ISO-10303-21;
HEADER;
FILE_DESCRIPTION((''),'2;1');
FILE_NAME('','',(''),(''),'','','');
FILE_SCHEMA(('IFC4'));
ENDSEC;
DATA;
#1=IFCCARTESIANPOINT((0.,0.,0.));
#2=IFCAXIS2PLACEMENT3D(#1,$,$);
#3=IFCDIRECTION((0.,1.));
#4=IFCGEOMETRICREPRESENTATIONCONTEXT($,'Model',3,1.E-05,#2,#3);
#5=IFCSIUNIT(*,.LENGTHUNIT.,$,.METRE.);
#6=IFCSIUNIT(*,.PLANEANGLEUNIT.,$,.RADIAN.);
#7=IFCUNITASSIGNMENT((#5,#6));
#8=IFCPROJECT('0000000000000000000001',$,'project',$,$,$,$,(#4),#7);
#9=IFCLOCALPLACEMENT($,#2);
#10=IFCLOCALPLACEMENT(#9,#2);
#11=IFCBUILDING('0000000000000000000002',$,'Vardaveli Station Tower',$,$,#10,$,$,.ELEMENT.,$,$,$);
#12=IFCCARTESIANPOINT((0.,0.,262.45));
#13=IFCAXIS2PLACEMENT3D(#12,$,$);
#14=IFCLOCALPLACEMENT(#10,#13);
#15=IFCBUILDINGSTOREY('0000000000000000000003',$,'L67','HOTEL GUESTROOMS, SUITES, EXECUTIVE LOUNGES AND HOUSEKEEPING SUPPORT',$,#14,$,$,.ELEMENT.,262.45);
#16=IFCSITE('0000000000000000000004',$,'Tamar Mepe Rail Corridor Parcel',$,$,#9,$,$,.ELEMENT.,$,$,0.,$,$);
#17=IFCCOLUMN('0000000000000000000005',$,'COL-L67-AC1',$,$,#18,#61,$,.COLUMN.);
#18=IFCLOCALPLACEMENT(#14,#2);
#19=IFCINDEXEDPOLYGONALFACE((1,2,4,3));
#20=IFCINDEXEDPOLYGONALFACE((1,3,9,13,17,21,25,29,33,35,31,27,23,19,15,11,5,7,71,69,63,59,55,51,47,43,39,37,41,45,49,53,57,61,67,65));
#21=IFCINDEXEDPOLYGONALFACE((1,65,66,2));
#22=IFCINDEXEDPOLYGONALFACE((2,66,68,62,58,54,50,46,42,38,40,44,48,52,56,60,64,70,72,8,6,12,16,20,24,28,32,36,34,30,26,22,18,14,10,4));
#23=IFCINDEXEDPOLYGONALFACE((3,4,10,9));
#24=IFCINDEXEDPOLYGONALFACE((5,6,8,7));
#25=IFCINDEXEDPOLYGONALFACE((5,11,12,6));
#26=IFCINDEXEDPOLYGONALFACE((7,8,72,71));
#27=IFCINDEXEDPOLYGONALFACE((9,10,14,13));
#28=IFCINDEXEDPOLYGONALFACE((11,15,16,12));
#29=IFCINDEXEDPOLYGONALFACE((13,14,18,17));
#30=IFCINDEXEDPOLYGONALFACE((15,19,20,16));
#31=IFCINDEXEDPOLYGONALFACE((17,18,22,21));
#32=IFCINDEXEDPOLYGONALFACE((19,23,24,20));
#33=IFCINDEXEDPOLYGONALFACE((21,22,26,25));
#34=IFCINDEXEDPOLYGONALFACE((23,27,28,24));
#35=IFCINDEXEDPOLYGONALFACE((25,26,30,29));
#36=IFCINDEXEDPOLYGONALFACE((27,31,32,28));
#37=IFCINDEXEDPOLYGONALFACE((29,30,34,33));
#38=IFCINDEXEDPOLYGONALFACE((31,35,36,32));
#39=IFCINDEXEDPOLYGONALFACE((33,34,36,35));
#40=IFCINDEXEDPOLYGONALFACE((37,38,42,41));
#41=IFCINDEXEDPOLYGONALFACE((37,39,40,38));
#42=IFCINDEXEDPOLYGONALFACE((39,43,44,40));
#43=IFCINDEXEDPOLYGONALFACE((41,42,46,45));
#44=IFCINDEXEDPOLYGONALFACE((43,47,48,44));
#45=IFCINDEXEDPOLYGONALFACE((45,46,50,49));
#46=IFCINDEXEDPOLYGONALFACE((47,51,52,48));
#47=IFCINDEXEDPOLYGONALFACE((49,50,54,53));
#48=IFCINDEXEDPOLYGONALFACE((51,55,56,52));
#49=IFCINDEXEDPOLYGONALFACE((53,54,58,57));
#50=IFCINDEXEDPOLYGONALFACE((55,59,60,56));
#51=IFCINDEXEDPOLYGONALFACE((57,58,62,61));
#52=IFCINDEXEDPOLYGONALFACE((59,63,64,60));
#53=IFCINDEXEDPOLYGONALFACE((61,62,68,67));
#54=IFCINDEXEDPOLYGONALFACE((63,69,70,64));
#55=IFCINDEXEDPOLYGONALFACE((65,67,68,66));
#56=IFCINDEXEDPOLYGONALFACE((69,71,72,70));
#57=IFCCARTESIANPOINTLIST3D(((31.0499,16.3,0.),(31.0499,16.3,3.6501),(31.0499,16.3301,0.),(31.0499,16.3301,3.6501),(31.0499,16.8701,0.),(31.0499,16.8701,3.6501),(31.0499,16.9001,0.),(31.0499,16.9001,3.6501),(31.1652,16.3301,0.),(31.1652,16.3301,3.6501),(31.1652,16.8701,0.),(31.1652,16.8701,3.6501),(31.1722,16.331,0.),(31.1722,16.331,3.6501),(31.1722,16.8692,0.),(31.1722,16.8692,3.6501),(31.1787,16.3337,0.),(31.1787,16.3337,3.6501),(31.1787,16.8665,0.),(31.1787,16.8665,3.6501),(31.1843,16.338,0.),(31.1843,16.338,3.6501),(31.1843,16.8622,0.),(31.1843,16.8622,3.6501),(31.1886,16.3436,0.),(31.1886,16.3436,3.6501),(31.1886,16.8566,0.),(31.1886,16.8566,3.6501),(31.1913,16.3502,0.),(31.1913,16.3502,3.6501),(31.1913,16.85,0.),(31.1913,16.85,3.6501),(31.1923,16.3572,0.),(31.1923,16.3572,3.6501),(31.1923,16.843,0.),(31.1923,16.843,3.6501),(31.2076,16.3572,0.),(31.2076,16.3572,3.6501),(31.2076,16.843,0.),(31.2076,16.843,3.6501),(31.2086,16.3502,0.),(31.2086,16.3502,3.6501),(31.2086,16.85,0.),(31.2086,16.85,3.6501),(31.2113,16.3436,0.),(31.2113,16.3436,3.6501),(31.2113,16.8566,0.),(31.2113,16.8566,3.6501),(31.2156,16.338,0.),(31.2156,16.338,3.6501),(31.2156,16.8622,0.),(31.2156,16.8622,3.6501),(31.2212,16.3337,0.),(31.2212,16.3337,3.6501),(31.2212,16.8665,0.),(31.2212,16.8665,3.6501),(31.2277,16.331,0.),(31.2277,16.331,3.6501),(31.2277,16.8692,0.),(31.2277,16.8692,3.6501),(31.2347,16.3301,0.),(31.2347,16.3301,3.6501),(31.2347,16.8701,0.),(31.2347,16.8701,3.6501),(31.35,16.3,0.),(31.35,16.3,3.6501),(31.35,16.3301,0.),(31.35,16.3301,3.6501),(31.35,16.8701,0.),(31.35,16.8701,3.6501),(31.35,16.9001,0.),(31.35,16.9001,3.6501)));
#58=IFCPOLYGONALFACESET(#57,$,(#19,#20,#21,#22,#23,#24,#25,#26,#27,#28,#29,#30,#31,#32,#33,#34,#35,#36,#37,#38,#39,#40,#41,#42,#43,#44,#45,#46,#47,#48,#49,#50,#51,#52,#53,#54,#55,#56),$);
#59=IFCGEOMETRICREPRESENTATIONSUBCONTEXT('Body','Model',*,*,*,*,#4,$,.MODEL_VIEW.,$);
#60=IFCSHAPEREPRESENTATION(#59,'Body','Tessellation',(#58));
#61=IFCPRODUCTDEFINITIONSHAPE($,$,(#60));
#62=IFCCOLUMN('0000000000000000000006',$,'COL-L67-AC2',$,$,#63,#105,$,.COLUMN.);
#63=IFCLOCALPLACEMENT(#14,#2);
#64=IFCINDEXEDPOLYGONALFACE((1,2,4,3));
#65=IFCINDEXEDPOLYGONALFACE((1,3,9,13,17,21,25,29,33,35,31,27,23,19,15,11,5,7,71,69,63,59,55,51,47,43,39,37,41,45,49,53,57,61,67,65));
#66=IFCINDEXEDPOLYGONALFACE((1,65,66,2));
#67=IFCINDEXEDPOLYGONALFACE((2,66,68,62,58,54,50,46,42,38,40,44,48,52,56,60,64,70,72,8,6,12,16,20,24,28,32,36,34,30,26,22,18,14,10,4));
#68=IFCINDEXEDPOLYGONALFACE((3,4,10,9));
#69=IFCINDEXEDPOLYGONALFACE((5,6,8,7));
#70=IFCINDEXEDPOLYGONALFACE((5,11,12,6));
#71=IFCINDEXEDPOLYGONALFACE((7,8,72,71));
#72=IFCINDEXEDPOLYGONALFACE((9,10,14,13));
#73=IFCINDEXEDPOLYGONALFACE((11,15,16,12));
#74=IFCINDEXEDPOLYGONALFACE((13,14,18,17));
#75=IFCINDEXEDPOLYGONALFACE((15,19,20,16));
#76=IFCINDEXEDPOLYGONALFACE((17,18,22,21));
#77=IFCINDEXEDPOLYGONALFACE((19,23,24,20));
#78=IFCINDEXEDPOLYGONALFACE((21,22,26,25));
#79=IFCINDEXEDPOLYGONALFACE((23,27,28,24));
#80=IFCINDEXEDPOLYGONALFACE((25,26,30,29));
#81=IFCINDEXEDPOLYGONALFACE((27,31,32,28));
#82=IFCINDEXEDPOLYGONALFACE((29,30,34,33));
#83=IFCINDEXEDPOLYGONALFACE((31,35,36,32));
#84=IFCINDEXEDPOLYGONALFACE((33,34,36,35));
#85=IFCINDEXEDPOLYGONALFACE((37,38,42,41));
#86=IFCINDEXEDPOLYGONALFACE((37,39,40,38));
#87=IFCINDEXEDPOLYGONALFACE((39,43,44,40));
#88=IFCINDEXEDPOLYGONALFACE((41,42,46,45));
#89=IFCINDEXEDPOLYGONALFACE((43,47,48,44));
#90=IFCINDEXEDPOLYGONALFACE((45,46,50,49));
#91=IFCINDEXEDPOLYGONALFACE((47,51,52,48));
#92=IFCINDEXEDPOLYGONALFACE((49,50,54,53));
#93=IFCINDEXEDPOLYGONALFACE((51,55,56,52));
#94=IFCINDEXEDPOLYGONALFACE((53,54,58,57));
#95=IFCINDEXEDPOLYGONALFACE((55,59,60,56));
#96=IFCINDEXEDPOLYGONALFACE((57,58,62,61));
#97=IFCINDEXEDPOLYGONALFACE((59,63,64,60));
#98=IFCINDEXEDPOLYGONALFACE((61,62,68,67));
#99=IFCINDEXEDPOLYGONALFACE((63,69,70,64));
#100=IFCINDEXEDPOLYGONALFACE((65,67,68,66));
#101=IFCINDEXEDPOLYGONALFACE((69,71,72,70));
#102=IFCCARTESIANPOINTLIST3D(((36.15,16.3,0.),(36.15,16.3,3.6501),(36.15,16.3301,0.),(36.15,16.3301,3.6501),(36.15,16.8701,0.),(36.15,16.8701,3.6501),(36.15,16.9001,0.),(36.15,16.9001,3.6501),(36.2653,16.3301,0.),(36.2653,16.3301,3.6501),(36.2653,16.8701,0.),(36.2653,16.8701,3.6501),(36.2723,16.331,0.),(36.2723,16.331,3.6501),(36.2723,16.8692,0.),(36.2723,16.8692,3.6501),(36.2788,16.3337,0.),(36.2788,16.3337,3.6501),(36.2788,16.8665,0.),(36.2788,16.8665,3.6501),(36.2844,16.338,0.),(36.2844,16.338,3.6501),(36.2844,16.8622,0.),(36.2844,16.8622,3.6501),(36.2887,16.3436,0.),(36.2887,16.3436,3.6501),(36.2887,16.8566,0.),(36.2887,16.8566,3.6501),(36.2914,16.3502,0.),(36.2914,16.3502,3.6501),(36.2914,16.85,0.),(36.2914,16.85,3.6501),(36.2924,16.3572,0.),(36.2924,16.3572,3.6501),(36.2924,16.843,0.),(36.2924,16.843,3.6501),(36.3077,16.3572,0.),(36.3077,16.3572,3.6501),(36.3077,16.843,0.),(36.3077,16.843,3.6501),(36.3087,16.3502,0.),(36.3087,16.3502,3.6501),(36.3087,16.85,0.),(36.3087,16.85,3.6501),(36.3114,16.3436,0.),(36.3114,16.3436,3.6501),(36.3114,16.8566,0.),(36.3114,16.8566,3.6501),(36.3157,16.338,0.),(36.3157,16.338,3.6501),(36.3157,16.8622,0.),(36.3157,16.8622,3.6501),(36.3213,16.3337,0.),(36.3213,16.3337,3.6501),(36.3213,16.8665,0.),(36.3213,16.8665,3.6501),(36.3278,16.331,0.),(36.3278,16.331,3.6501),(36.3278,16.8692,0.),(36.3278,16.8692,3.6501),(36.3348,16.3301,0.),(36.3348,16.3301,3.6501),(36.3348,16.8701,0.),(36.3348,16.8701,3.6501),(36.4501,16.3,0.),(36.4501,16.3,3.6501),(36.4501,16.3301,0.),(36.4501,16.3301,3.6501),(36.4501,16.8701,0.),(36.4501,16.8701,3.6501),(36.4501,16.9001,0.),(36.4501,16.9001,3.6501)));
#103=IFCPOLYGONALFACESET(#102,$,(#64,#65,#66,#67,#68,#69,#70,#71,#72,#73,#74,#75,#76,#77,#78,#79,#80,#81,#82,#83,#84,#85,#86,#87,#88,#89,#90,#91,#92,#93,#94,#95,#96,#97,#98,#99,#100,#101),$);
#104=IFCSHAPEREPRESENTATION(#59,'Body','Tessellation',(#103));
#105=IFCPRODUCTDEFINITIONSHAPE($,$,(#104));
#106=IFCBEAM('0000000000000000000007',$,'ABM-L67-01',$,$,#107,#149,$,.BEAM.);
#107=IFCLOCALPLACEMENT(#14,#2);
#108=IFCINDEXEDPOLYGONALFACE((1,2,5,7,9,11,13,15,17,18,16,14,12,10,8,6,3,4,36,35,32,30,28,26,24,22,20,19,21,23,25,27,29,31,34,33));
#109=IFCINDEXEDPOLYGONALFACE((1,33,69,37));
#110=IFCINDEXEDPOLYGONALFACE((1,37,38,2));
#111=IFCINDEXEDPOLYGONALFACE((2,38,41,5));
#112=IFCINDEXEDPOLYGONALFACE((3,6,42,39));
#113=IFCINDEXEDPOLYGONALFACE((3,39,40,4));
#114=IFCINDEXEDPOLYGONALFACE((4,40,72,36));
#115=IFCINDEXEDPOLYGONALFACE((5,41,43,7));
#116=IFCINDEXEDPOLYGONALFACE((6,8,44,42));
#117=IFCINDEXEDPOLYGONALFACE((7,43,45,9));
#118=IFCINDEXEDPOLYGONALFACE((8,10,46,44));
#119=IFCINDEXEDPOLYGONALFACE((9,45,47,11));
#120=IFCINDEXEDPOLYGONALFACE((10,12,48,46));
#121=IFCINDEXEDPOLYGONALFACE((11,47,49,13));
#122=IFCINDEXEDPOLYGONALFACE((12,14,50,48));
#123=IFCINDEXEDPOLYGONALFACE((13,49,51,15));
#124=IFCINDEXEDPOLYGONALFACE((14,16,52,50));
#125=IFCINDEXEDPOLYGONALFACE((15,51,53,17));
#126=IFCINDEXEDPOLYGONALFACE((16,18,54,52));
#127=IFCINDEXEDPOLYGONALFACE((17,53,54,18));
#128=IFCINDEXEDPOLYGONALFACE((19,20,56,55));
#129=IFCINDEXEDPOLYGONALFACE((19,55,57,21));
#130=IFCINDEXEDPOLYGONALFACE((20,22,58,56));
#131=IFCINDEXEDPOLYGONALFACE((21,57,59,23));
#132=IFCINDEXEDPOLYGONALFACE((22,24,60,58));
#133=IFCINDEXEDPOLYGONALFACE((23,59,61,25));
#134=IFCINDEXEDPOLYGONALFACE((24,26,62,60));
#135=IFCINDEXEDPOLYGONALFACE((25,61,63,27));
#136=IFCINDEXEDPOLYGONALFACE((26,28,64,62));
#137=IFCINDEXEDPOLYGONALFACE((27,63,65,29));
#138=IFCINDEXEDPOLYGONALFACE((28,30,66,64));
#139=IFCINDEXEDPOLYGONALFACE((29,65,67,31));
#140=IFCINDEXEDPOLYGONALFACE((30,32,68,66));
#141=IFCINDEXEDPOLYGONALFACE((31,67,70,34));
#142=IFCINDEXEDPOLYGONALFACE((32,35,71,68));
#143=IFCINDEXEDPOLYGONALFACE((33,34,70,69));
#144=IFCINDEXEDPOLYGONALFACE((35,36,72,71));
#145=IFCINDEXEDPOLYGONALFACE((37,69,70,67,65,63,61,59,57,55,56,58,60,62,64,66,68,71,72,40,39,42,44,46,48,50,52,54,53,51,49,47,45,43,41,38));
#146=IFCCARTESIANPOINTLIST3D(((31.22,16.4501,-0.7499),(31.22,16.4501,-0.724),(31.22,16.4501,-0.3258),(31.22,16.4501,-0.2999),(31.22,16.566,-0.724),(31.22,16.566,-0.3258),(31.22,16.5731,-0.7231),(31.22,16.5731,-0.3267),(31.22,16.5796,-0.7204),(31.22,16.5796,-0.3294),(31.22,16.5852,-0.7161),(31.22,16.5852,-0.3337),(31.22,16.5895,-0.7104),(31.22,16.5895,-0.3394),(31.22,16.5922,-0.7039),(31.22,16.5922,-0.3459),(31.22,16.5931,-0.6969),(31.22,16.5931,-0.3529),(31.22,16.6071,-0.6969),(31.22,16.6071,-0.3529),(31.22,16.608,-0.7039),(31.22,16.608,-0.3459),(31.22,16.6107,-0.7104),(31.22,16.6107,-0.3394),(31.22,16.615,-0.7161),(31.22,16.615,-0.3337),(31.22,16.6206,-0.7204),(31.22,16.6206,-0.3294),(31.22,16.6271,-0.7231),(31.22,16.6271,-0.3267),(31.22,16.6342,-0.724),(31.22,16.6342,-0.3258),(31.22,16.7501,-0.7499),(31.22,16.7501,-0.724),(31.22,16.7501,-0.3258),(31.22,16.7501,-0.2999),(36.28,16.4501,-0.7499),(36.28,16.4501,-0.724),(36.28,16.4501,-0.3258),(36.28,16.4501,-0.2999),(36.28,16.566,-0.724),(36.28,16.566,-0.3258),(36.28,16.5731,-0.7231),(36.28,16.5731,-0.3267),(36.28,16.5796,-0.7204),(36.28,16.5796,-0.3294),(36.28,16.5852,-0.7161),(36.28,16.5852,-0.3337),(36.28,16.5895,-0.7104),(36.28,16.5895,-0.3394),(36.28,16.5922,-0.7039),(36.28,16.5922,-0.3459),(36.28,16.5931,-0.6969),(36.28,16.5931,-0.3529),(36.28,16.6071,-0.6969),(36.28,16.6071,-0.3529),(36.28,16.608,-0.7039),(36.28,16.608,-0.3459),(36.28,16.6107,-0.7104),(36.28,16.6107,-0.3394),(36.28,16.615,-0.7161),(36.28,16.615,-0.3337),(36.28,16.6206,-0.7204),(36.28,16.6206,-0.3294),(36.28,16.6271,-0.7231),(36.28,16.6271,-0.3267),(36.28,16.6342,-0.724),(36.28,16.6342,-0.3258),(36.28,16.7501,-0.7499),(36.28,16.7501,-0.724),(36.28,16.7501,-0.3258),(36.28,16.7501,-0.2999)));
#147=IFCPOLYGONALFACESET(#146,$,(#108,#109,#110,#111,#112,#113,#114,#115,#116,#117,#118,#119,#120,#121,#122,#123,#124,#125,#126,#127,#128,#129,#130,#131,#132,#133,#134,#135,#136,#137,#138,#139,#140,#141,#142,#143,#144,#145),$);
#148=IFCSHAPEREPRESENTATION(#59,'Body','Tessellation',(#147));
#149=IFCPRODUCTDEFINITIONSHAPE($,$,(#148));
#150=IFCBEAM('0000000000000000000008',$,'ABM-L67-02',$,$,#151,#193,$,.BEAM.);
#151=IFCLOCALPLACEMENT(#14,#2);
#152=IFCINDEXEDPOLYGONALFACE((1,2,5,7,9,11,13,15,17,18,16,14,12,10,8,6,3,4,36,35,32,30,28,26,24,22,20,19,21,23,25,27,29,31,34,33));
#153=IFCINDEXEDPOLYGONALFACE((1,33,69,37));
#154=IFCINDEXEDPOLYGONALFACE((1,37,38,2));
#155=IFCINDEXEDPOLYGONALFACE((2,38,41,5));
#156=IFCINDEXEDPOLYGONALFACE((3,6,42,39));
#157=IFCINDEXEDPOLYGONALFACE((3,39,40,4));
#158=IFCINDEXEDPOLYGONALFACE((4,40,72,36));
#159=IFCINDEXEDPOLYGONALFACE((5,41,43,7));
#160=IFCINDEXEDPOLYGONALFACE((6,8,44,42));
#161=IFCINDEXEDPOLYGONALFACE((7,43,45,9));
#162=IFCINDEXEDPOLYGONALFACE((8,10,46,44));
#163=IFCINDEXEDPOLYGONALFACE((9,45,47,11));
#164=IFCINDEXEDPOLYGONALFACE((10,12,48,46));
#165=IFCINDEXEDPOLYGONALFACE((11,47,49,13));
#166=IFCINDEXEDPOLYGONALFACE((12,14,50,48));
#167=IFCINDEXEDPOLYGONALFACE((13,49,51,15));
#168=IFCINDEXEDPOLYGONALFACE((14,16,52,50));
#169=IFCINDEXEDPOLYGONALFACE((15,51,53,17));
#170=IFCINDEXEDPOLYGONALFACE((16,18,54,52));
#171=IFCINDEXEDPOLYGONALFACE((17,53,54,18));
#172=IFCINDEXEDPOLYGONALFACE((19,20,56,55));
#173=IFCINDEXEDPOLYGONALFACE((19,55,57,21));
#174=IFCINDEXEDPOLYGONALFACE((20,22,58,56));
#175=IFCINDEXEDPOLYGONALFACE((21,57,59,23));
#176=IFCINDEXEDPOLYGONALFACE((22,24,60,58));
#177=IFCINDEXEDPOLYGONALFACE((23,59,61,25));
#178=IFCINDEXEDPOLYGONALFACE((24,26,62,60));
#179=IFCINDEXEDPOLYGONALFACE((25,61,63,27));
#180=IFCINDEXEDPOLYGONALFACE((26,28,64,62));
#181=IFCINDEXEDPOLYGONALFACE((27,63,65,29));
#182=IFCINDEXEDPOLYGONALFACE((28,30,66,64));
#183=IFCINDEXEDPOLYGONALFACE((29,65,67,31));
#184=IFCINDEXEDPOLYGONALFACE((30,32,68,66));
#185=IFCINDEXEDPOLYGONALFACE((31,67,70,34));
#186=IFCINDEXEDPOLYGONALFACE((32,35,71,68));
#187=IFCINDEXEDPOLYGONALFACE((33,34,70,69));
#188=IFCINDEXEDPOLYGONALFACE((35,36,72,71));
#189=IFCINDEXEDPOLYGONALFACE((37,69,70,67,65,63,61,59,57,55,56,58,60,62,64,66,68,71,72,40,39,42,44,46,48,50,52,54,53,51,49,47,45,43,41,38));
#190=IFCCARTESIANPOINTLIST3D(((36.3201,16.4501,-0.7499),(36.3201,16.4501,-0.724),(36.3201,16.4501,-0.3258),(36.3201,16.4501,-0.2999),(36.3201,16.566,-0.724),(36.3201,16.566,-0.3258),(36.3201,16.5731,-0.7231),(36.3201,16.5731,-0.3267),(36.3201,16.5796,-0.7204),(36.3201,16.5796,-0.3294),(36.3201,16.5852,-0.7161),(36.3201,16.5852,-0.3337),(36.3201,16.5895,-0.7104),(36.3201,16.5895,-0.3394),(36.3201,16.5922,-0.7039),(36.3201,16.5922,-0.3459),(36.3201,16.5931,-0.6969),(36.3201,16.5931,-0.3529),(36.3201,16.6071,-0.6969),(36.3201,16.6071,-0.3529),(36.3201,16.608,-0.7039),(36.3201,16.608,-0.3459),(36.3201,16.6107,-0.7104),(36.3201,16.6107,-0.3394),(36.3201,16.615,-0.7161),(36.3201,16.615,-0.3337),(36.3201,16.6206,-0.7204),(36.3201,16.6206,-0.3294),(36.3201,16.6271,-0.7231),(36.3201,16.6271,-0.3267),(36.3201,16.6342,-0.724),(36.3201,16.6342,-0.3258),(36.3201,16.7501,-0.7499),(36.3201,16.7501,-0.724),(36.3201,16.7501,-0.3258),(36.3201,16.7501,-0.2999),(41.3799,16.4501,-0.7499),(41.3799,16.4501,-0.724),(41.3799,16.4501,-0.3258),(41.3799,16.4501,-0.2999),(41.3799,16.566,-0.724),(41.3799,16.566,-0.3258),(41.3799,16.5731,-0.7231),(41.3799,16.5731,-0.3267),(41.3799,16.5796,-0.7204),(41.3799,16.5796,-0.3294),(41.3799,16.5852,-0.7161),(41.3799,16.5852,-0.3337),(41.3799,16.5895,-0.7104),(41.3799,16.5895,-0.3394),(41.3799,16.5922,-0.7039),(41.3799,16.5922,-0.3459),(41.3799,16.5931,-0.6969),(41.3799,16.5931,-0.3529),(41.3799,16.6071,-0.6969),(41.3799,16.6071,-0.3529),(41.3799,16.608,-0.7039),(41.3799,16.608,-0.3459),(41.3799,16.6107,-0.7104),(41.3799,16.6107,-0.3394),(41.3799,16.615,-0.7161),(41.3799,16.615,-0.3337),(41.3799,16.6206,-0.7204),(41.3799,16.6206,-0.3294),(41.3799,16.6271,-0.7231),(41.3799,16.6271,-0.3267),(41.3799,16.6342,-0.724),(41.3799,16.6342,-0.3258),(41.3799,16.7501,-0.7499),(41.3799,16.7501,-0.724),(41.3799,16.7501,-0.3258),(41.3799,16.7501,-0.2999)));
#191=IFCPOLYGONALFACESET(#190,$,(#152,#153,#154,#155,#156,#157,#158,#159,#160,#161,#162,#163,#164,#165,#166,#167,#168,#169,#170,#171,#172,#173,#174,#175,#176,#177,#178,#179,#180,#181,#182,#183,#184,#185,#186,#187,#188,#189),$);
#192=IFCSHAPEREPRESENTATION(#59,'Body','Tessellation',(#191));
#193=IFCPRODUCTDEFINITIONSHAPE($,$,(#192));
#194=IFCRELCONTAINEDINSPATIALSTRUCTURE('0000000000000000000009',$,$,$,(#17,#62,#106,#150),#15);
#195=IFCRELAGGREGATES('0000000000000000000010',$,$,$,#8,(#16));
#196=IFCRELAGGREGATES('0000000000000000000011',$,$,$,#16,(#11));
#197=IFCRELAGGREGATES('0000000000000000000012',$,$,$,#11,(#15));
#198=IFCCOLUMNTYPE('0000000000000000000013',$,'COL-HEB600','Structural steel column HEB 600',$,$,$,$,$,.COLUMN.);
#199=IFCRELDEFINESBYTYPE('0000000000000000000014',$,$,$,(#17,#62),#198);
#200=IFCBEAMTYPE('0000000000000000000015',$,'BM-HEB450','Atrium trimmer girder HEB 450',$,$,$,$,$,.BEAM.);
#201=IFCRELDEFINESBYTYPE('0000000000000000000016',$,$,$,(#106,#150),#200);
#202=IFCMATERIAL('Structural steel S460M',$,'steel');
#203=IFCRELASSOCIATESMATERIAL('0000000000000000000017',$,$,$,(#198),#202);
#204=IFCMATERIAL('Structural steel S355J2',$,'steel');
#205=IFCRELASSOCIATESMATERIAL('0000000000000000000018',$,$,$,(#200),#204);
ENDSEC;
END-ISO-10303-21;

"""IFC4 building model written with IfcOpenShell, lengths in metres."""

from ifc_helpers import new_model, si_unit, direction, frame, origin, origin_2d, place, context, subcontext, project, spatial, i_section, extrude, source, transform, mapped, material, material_profile, profile_set, type_object, element, save


model = new_model("IFC4")

# Units and contexts
model_context = context("Model", 3, precision=1e-05, world=origin(), true_north=direction((0.0, 1.0)))
body_context = subcontext(model_context, "Body", "Model", "MODEL_VIEW")
ifc_project = project(units=[si_unit("LENGTHUNIT", "METRE"), si_unit("PLANEANGLEUNIT", "RADIAN")], contexts=[model_context])

# Site, building, storey
site_placement = place(None, origin())
site = spatial("IfcSite", under=ifc_project, at=site_placement, Name="Tamar Mepe Rail Corridor Parcel", CompositionType="ELEMENT", RefElevation=0.0)
building_placement = place(site_placement, origin())
building = spatial("IfcBuilding", under=site, at=building_placement, Name="Vardaveli Station Tower", CompositionType="ELEMENT")
storey_placement = place(building_placement, frame((0.0, 0.0, 262.45)))
storey = spatial("IfcBuildingStorey", under=building, at=storey_placement, Name="L67", Description="HOTEL GUESTROOMS, SUITES, EXECUTIVE LOUNGES AND HOUSEKEEPING SUPPORT", CompositionType="ELEMENT", Elevation=262.45)

# Columns
ifc_material_1 = material(Name="Structural steel S460M", Category="steel")
ifc_material_profile_1 = material_profile(ifc_material_1, i_section(OverallWidth=0.3, OverallDepth=0.6001, WebThickness=0.0154, FlangeThickness=0.03, FilletRadius=0.0271, at=origin_2d()), Name="HEB 600")
ifc_profile_set_1 = profile_set([ifc_material_profile_1], Name="Structural steel S460M")
column_type = type_object("IfcColumnType", Name="COL-HEB600", Description="Structural steel column HEB 600", PredefinedType="COLUMN", material=ifc_profile_set_1)
shared_shape_1 = source(origin(), body_context, "Body", "SweptSolid", [
    extrude(i_section(OverallWidth=0.3, OverallDepth=0.6001, WebThickness=0.0154, FlangeThickness=0.03, FilletRadius=0.0271, at=origin_2d()), origin(), (0.0, 0.0, 1.0), 3.6501),
])
for number, where, z_axis, x_axis, name in (
    (1, (31.2, 16.6001, 0.0), (0.0, 0.0, 1.0), (1.0, 0.0, 0.0), "COL-L67-AC1"),
    (2, (36.3, 16.6001, 0.0), (0.0, 0.0, 1.0), (1.0, 0.0, 0.0), "COL-L67-AC2"),
):
    element("IfcColumn", number, at=place(storey_placement, frame(where, z_axis=z_axis, x_axis=x_axis)), inside=storey, type_object=column_type, Name=name, PredefinedType="COLUMN", context=body_context, shape_type="MappedRepresentation", body=[
        mapped(shared_shape_1, transform((0.0, 0.0, 0.0), scale=1.0)),
    ])

# Beams
ifc_material_2 = material(Name="Structural steel S355J2", Category="steel")
ifc_material_profile_2 = material_profile(ifc_material_2, i_section(OverallWidth=0.3, OverallDepth=0.45, WebThickness=0.0139, FlangeThickness=0.0259, FilletRadius=0.0271, at=origin_2d()), Name="HEB 450")
ifc_profile_set_2 = profile_set([ifc_material_profile_2], Name="Structural steel S355J2")
beam_type_1 = type_object("IfcBeamType", Name="BM-HEB450", Description="Atrium trimmer girder HEB 450", PredefinedType="BEAM", material=ifc_profile_set_2)
shared_shape_2 = source(origin(), body_context, "Body", "SweptSolid", [
    extrude(i_section(OverallWidth=0.3, OverallDepth=0.45, WebThickness=0.0139, FlangeThickness=0.0259, FilletRadius=0.0271, at=origin_2d()), origin(), (0.0, 0.0, 1.0), 5.0601),
])
beam_1_placement = place(storey_placement, frame((31.22, 16.6001, -0.5249), z_axis=(1.0, 0.0, 0.0), x_axis=(0.0, 1.0, 0.0)))
element("IfcBeam", 3, at=beam_1_placement, inside=storey, type_object=beam_type_1, Name="ABM-L67-01", PredefinedType="BEAM", context=body_context, shape_type="MappedRepresentation", body=[
    mapped(shared_shape_2, transform((0.0, 0.0, 0.0), scale=1.0)),
])
shared_shape_3 = source(origin(), body_context, "Body", "SweptSolid", [
    extrude(i_section(OverallWidth=0.3, OverallDepth=0.45, WebThickness=0.0139, FlangeThickness=0.0259, FilletRadius=0.0271, at=origin_2d()), origin(), (0.0, 0.0, 1.0), 5.0598),
])
beam_2_placement = place(storey_placement, frame((36.3201, 16.6001, -0.5249), z_axis=(1.0, 0.0, 0.0), x_axis=(0.0, 1.0, 0.0)))
element("IfcBeam", 4, at=beam_2_placement, inside=storey, type_object=beam_type_1, Name="ABM-L67-02", PredefinedType="BEAM", context=body_context, shape_type="MappedRepresentation", body=[
    mapped(shared_shape_3, transform((0.0, 0.0, 0.0), scale=1.0)),
])

save(model, "model.ifc")
